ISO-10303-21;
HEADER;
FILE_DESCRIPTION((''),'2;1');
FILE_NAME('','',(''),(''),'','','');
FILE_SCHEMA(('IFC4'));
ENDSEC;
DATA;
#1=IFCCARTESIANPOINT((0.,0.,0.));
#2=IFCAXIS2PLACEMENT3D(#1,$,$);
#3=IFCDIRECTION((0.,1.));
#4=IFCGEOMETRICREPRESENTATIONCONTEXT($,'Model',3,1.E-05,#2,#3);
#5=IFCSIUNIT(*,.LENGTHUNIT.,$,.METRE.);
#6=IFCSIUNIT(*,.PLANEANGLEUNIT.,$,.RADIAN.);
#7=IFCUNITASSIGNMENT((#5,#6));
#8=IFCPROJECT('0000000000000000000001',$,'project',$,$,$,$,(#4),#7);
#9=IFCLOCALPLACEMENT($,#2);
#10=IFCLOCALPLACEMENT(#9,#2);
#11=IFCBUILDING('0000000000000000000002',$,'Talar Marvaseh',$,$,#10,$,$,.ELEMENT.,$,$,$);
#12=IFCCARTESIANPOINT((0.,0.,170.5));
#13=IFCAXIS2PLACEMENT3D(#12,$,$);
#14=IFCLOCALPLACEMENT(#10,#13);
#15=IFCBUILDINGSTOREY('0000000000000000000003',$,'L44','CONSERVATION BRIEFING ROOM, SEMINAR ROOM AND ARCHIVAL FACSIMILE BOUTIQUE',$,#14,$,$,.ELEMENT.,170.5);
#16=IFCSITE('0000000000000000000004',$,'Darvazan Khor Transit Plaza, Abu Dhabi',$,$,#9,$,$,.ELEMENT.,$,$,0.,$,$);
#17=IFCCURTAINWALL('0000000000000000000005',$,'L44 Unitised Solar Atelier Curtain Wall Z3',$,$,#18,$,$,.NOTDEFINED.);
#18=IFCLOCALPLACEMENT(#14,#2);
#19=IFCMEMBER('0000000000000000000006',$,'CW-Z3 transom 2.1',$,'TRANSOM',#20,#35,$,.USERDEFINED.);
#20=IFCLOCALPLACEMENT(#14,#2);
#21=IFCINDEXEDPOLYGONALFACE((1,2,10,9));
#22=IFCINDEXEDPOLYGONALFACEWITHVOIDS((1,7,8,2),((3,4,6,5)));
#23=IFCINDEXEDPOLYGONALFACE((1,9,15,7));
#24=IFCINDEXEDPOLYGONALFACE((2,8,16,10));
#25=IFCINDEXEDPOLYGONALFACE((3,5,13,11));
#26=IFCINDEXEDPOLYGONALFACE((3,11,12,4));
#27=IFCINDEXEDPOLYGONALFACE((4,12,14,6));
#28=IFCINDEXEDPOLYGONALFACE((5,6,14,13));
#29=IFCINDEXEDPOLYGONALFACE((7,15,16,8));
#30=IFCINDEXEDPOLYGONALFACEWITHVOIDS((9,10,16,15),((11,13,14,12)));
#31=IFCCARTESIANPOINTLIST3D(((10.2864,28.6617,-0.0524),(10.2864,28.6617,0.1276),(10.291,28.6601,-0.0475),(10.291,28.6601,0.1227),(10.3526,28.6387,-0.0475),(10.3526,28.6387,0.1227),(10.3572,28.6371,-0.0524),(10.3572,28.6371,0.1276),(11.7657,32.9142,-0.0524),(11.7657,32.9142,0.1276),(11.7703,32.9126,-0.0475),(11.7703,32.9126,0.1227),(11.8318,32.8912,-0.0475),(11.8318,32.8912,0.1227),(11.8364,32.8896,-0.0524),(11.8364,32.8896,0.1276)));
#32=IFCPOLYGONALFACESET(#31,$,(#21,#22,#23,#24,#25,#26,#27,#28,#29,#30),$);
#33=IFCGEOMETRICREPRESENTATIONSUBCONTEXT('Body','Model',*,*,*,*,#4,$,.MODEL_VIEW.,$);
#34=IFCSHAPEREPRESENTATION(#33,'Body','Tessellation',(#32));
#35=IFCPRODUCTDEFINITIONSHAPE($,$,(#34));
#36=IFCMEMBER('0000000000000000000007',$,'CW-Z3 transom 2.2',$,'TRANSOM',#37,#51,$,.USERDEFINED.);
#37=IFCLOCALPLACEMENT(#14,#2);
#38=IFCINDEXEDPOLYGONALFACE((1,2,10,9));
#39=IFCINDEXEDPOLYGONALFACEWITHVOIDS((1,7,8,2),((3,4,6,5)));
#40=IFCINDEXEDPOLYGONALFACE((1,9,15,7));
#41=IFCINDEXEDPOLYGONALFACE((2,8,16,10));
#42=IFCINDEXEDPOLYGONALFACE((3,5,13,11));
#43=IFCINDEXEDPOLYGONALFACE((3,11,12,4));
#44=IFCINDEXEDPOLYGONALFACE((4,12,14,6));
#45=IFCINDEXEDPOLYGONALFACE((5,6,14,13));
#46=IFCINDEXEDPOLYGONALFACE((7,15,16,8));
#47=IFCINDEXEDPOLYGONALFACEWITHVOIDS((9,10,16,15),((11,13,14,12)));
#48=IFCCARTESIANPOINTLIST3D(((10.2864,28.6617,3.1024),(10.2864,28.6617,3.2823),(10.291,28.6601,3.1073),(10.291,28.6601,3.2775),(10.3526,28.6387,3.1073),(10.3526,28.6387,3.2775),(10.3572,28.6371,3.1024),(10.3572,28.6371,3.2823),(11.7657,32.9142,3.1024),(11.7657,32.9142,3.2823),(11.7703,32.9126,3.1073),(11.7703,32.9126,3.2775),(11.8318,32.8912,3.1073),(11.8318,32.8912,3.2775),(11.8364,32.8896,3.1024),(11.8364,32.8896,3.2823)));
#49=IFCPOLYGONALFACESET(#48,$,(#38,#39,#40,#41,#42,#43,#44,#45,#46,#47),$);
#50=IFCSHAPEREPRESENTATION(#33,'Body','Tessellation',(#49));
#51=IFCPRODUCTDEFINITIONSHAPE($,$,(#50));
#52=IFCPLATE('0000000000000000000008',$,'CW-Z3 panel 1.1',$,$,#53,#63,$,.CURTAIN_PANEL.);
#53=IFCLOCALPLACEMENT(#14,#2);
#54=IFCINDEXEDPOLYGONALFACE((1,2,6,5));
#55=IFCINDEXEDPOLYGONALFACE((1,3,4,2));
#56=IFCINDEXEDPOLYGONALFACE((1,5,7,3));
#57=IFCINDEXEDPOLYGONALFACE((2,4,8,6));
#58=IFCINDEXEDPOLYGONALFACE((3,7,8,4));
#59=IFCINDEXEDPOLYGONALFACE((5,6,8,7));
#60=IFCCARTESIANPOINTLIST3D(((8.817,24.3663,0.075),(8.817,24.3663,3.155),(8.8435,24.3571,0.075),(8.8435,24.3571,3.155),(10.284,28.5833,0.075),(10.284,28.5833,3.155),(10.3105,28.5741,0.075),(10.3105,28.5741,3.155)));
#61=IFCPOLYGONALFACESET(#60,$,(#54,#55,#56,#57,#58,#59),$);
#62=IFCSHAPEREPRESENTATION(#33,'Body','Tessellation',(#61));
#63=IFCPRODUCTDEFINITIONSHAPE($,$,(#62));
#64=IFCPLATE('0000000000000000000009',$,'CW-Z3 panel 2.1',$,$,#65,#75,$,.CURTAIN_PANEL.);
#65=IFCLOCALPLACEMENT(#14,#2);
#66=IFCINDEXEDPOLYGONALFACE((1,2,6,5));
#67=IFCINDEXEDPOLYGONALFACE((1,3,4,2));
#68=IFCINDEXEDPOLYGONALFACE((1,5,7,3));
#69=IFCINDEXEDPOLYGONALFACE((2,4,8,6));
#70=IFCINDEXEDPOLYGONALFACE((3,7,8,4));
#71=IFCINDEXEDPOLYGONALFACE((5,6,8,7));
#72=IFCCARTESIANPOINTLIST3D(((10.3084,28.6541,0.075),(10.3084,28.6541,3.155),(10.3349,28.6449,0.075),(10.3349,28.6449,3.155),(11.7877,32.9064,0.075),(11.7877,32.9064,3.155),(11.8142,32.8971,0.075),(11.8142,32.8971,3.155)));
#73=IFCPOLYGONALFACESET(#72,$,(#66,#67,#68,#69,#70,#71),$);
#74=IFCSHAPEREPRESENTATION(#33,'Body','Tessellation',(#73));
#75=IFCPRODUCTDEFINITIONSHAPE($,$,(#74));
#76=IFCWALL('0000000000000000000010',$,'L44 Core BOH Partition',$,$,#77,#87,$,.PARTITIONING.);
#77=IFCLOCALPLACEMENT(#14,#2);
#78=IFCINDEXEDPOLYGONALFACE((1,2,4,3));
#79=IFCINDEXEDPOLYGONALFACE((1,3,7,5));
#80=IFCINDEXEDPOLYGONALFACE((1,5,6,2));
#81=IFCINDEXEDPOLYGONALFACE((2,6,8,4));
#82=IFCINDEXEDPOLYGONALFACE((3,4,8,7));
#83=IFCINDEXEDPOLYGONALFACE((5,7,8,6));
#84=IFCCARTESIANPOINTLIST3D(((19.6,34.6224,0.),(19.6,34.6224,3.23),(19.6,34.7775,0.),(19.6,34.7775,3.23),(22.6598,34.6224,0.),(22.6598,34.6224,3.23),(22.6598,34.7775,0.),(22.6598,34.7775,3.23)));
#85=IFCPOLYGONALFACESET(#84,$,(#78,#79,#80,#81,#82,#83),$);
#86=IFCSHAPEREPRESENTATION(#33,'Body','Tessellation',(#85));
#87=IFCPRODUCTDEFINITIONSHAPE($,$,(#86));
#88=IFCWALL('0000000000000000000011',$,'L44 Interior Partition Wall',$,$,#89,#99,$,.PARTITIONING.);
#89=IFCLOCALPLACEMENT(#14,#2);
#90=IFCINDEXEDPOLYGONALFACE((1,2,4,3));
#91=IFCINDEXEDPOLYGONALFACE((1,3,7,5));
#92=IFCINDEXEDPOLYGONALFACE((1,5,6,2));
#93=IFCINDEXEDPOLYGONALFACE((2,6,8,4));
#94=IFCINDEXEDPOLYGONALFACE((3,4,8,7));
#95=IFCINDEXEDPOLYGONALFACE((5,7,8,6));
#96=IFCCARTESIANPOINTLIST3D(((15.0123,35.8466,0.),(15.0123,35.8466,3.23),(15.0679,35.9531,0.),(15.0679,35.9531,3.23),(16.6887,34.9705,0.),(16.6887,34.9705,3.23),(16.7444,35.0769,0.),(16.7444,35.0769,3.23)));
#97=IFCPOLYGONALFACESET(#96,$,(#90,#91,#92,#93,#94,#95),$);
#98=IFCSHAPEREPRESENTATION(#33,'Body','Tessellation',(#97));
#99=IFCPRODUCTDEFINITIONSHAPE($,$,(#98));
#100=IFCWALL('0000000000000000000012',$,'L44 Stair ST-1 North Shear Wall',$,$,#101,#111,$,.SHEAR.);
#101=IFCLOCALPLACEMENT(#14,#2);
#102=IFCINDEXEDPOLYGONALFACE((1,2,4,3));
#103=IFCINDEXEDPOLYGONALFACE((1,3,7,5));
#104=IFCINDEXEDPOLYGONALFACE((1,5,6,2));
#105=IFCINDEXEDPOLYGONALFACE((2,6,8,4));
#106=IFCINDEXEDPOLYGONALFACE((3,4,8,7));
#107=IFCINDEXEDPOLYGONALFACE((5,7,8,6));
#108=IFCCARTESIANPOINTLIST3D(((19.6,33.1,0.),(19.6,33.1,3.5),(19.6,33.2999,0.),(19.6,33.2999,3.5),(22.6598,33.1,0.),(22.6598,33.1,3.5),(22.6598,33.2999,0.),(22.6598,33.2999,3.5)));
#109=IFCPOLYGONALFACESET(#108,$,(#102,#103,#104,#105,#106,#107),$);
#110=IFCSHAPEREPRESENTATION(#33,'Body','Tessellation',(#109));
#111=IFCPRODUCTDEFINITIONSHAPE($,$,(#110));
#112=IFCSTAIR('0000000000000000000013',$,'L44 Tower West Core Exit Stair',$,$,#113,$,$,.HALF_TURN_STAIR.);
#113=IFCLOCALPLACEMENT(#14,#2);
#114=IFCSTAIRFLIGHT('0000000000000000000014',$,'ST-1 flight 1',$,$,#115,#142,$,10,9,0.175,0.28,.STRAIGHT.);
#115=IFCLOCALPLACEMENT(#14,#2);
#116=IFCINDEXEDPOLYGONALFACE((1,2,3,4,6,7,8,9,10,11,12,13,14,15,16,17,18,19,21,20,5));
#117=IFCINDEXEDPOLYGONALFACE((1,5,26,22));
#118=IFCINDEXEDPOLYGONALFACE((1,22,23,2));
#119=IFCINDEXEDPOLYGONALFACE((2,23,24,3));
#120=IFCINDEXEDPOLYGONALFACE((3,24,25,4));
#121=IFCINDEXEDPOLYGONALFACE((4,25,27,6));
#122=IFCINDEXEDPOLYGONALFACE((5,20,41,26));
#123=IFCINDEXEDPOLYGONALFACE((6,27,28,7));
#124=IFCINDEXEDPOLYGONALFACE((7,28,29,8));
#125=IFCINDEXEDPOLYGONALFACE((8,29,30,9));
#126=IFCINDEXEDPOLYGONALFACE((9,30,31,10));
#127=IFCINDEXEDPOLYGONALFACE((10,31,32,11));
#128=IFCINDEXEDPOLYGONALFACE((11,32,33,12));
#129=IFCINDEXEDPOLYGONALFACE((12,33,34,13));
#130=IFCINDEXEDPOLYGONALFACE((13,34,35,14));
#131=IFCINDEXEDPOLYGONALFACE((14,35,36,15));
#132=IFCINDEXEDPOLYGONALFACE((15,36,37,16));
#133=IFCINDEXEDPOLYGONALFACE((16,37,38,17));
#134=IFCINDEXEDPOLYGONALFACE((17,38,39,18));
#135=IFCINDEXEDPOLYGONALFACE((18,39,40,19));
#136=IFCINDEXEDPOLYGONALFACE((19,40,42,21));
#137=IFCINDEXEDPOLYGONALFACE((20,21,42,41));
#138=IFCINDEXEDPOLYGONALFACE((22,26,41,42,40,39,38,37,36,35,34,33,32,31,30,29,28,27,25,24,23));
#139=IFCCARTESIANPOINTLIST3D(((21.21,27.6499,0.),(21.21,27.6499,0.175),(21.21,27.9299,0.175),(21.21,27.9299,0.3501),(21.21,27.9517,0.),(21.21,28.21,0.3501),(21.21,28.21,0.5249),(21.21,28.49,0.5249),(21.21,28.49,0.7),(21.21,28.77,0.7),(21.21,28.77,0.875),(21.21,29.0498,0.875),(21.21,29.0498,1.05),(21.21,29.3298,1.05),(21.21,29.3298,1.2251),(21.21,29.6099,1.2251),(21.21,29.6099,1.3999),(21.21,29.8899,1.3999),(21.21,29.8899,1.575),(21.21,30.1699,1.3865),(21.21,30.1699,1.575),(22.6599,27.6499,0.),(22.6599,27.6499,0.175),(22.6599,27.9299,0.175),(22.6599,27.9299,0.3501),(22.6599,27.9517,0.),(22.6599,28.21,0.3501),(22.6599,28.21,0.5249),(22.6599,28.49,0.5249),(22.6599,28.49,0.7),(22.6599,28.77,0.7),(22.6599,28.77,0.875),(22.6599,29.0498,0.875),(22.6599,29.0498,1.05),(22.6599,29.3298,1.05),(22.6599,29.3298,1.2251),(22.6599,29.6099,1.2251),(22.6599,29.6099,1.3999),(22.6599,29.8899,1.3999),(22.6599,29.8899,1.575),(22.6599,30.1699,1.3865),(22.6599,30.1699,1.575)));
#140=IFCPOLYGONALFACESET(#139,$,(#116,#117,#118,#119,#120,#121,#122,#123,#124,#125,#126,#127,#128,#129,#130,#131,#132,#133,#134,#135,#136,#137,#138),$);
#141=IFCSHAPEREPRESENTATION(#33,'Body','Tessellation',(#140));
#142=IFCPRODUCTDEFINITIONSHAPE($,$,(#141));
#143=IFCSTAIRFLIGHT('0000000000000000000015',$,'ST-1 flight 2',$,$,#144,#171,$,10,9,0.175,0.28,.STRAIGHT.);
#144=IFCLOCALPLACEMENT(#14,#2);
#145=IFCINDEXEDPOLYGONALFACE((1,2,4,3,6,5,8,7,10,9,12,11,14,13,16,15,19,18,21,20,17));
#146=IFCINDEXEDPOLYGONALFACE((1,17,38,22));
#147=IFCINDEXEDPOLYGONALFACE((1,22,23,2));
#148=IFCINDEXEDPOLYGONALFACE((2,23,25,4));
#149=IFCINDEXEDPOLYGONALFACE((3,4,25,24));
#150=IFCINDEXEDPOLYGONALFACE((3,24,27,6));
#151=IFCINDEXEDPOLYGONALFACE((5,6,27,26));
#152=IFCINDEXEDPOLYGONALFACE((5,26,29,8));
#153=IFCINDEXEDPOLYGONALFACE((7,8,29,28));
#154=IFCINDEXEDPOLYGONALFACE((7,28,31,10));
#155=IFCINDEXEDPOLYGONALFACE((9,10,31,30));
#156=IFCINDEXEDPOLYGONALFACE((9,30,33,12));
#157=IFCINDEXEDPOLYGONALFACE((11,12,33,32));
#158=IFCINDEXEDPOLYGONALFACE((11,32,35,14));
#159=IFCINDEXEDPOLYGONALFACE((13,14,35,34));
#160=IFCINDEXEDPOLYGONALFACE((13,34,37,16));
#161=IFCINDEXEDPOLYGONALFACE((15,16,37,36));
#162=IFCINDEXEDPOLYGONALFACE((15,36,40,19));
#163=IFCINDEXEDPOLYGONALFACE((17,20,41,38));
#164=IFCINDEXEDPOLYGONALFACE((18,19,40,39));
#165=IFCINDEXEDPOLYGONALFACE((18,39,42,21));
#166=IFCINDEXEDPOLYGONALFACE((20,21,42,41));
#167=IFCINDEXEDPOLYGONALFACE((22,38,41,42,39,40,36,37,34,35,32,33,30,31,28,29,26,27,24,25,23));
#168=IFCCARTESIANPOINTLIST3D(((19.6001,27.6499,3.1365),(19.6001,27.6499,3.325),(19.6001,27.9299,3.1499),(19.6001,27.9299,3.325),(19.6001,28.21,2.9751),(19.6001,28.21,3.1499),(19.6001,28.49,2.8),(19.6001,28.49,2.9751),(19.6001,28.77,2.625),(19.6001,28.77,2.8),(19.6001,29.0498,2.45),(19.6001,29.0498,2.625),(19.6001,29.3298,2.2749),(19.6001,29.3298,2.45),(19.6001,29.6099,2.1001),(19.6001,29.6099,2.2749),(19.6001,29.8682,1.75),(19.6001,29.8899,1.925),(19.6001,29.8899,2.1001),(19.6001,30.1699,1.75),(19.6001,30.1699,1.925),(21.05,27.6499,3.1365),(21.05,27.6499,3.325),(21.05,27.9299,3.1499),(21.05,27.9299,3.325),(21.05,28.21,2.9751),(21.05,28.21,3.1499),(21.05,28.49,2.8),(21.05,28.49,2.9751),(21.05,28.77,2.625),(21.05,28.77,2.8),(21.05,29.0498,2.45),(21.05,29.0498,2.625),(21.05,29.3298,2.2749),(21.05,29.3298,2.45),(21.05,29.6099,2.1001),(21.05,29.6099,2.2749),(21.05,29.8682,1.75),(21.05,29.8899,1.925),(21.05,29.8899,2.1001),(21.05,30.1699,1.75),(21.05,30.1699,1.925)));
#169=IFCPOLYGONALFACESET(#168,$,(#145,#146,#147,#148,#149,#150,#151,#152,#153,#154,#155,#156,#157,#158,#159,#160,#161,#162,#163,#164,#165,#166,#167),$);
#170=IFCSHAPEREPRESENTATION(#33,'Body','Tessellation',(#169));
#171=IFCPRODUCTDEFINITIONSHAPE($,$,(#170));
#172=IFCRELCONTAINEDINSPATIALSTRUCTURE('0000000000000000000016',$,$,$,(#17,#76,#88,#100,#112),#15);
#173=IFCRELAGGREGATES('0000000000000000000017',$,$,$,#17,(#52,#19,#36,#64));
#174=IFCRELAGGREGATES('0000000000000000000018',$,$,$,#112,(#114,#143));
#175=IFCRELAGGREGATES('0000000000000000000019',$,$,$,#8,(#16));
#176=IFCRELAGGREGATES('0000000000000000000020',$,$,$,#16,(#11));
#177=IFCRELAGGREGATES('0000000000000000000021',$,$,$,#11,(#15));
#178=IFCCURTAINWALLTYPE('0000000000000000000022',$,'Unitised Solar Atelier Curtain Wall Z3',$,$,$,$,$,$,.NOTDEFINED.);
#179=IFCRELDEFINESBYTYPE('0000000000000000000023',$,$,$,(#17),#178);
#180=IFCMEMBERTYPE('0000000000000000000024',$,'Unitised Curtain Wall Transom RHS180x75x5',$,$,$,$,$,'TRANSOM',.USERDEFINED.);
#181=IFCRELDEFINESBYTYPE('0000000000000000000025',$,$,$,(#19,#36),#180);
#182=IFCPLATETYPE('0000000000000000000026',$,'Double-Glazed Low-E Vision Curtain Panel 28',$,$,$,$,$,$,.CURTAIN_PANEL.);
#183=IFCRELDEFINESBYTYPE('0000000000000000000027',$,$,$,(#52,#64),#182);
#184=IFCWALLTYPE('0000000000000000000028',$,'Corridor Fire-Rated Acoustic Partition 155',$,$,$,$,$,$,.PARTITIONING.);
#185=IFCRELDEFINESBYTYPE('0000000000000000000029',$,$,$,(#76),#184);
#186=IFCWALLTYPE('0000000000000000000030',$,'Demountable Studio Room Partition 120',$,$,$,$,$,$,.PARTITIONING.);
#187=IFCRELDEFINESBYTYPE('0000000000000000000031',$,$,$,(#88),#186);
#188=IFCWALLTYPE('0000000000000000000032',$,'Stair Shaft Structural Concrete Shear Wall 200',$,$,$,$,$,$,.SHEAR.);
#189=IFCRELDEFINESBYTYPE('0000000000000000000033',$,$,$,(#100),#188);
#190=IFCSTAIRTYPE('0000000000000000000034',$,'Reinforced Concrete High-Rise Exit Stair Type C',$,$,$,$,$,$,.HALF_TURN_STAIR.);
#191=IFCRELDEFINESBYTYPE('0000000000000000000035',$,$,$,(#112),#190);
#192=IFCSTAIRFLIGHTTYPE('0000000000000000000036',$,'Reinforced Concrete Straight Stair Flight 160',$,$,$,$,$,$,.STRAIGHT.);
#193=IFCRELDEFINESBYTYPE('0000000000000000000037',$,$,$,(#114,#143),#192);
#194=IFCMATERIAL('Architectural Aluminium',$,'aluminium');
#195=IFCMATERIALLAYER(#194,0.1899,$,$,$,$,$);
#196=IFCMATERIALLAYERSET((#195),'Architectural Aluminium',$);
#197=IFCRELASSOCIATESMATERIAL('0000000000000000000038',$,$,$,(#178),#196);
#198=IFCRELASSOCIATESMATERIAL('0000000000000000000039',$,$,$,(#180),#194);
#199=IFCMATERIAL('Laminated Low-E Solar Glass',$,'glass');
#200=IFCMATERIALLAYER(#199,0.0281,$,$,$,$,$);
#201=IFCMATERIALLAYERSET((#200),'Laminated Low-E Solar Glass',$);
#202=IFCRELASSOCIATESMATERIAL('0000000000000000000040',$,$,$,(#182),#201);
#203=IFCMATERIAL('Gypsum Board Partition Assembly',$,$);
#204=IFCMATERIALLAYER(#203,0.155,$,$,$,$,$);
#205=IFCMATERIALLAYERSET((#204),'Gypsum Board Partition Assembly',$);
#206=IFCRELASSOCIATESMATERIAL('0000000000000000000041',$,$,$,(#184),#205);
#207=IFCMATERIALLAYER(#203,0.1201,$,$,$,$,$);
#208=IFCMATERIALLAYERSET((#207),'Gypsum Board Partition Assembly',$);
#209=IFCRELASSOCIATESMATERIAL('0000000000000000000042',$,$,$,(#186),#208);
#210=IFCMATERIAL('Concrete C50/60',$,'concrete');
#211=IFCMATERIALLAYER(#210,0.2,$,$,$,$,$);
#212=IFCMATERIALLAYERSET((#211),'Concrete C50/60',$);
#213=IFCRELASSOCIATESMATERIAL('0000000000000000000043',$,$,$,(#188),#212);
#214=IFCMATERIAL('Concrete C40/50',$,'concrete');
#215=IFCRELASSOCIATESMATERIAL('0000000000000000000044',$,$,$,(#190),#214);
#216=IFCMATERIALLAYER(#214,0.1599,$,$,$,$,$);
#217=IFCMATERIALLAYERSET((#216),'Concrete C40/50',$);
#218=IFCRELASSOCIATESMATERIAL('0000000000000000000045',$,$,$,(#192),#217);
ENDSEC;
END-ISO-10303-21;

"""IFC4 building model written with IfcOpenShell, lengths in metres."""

from ifc_helpers import new_model, si_unit, direction, frame, frame_2d, origin, origin_2d, place, context, subcontext, project, spatial, polyline, rectangle, hollow_rectangle, outline, extrude, source, transform, mapped, material, layer, layer_set, material_profile, profile_set, type_object, type_shapes, element, aggregate, save


model = new_model("IFC4")

# Units and contexts
model_context = context("Model", 3, precision=1e-05, world=origin(), true_north=direction((0.0, 1.0)))
body_context = subcontext(model_context, "Body", "Model", "MODEL_VIEW")
ifc_project = project(units=[si_unit("LENGTHUNIT", "METRE"), si_unit("PLANEANGLEUNIT", "RADIAN")], contexts=[model_context])

# Site, building, storey
site_placement = place(None, origin())
site = spatial("IfcSite", under=ifc_project, at=site_placement, Name="Darvazan Khor Transit Plaza, Abu Dhabi", CompositionType="ELEMENT", RefElevation=0.0)
building_placement = place(site_placement, origin())
building = spatial("IfcBuilding", under=site, at=building_placement, Name="Talar Marvaseh", CompositionType="ELEMENT")
storey_placement = place(building_placement, frame((0.0, 0.0, 170.5)))
storey = spatial("IfcBuildingStorey", under=building, at=storey_placement, Name="L44", Description="CONSERVATION BRIEFING ROOM, SEMINAR ROOM AND ARCHIVAL FACSIMILE BOUTIQUE", CompositionType="ELEMENT", Elevation=170.5)

# Shared definitions
ifc_material_1 = material(Name="Concrete C40/50", Category="concrete")

# Curtain wall, members, plates
ifc_material_2 = material(Name="Architectural Aluminium", Category="aluminium")
ifc_layer_1 = layer(ifc_material_2, 0.1899)
ifc_layer_set_1 = layer_set([ifc_layer_1], Name="Architectural Aluminium")
curtain_wall_type = type_object("IfcCurtainWallType", Name="Unitised Solar Atelier Curtain Wall Z3", PredefinedType="NOTDEFINED", material=ifc_layer_set_1)
curtain_wall_placement = place(storey_placement, origin())
curtain_wall = element("IfcCurtainWall", 1, at=curtain_wall_placement, inside=storey, type_object=curtain_wall_type, Name="L44 Unitised Solar Atelier Curtain Wall Z3", PredefinedType="NOTDEFINED")
ifc_material_profile_1 = material_profile(ifc_material_2, hollow_rectangle(XDim=0.075, YDim=0.1799, WallThickness=0.0049, at=origin_2d()), Name="RHS180x75x5")
ifc_profile_set_1 = profile_set([ifc_material_profile_1], Name="Architectural Aluminium")
member_type_1 = type_object("IfcMemberType", Name="Unitised Curtain Wall Transom RHS180x75x5", ElementType="TRANSOM", PredefinedType="USERDEFINED", material=ifc_profile_set_1)
shared_shape_1 = source(origin(), body_context, "Body", "SweptSolid", [
    extrude(hollow_rectangle(XDim=0.075, YDim=0.1799, WallThickness=0.0049, at=origin_2d()), origin(), (0.0, 0.0, 1.0), 4.5024),
])
member_1_placement = place(storey_placement, frame((10.3218, 28.6494, 0.0376), z_axis=(0.328548, 0.944487, 0.0), x_axis=(-0.944487, 0.328548, 0.0)))
member_1 = element("IfcMember", 2, at=member_1_placement, type_object=member_type_1, Name="CW-Z3 transom 2.1", ObjectType="TRANSOM", PredefinedType="USERDEFINED", context=body_context, shape_type="MappedRepresentation", body=[
    mapped(shared_shape_1, transform((0.0, 0.0, 0.0), x_axis=(1.0, 0.0, 0.0), y_axis=(0.0, 1.0, 0.0), z_axis=(0.0, 0.0, 1.0), scale=1.0)),
])
member_2_placement = place(storey_placement, frame((10.3218, 28.6494, 3.1924), z_axis=(0.328548, 0.944487, 0.0), x_axis=(-0.944487, 0.328548, 0.0)))
member_2 = element("IfcMember", 3, at=member_2_placement, type_object=member_type_1, Name="CW-Z3 transom 2.2", ObjectType="TRANSOM", PredefinedType="USERDEFINED", context=body_context, shape_type="MappedRepresentation", body=[
    mapped(shared_shape_1, transform((0.0, 0.0, 0.0), x_axis=(1.0, 0.0, 0.0), y_axis=(0.0, 1.0, 0.0), z_axis=(0.0, 0.0, 1.0), scale=1.0)),
])
ifc_material_3 = material(Name="Laminated Low-E Solar Glass", Category="glass")
ifc_layer_2 = layer(ifc_material_3, 0.0281)
ifc_layer_set_2 = layer_set([ifc_layer_2], Name="Laminated Low-E Solar Glass")
plate_type = type_object("IfcPlateType", Name="Double-Glazed Low-E Vision Curtain Panel 28", PredefinedType="CURTAIN_PANEL", material=ifc_layer_set_2)
shared_shape_2 = source(origin(), body_context, "Body", "SweptSolid", [
    extrude(rectangle(XDim=4.4648, YDim=0.0281, at=origin_2d()), origin(), (0.0, 0.0, 1.0), 3.0801),
])
plate_1_placement = place(storey_placement, frame((9.5637, 26.4702, 0.075), z_axis=(0.0, 0.0, 1.0), x_axis=(0.328566, 0.944481, 0.0)))
plate_1 = element("IfcPlate", 4, at=plate_1_placement, type_object=plate_type, Name="CW-Z3 panel 1.1", PredefinedType="CURTAIN_PANEL", context=body_context, shape_type="MappedRepresentation", body=[
    mapped(shared_shape_2, transform((0.0, 0.0, 0.0), x_axis=(1.0, 0.0, 0.0), y_axis=(0.0, 1.0, 0.0), z_axis=(0.0, 0.0, 1.0), scale=1.0)),
])
shared_shape_3 = source(origin(), body_context, "Body", "SweptSolid", [
    extrude(rectangle(XDim=4.5022, YDim=0.0281, at=origin_2d()), origin(), (0.0, 0.0, 1.0), 3.0801),
])
type_shapes(plate_type, [shared_shape_2, shared_shape_3])
plate_2_placement = place(storey_placement, frame((11.0613, 30.7756, 0.075), z_axis=(0.0, 0.0, 1.0), x_axis=(0.328566, 0.944481, 0.0)))
plate_2 = element("IfcPlate", 5, at=plate_2_placement, type_object=plate_type, Name="CW-Z3 panel 2.1", PredefinedType="CURTAIN_PANEL", context=body_context, shape_type="MappedRepresentation", body=[
    mapped(shared_shape_3, transform((0.0, 0.0, 0.0), x_axis=(1.0, 0.0, 0.0), y_axis=(0.0, 1.0, 0.0), z_axis=(0.0, 0.0, 1.0), scale=1.0)),
])
aggregate(curtain_wall, [plate_1, member_1, member_2, plate_2])

# Walls
ifc_material_4 = material(Name="Gypsum Board Partition Assembly")
ifc_layer_3 = layer(ifc_material_4, 0.155)
ifc_layer_set_3 = layer_set([ifc_layer_3], Name="Gypsum Board Partition Assembly")
wall_type_1 = type_object("IfcWallType", Name="Corridor Fire-Rated Acoustic Partition 155", PredefinedType="PARTITIONING", material=ifc_layer_set_3)
wall_1_placement = place(storey_placement, frame((19.6001, 34.7, 0.0), z_axis=(0.0, 0.0, 1.0), x_axis=(1.0, 0.0, 0.0)))
element("IfcWall", 6, at=wall_1_placement, inside=storey, type_object=wall_type_1, Name="L44 Core BOH Partition", PredefinedType="PARTITIONING", context=body_context, shape_type="SweptSolid", body=[
    extrude(rectangle(XDim=3.0598, YDim=0.155, at=frame_2d((1.5298, 0.0))), origin(), (0.0, 0.0, 1.0), 3.23),
])
ifc_layer_4 = layer(ifc_material_4, 0.1201)
ifc_layer_set_4 = layer_set([ifc_layer_4], Name="Gypsum Board Partition Assembly")
wall_type_2 = type_object("IfcWallType", Name="Demountable Studio Room Partition 120", PredefinedType="PARTITIONING", material=ifc_layer_set_4)
wall_2_placement = place(storey_placement, frame((16.7166, 35.0237, 0.0), z_axis=(0.0, 0.0, 1.0), x_axis=(-0.886256, 0.463197, 0.0)))
element("IfcWall", 7, at=wall_2_placement, inside=storey, type_object=wall_type_2, Name="L44 Interior Partition Wall", PredefinedType="PARTITIONING", context=body_context, shape_type="SweptSolid", body=[
    extrude(rectangle(XDim=1.8916, YDim=0.1201, at=frame_2d((0.9458, 0.0))), origin(), (0.0, 0.0, 1.0), 3.23),
])
ifc_material_5 = material(Name="Concrete C50/60", Category="concrete")
ifc_layer_5 = layer(ifc_material_5, 0.2)
ifc_layer_set_5 = layer_set([ifc_layer_5], Name="Concrete C50/60")
wall_type_3 = type_object("IfcWallType", Name="Stair Shaft Structural Concrete Shear Wall 200", PredefinedType="SHEAR", material=ifc_layer_set_5)
wall_3_placement = place(storey_placement, frame((19.6001, 33.2, 0.0), z_axis=(0.0, 0.0, 1.0), x_axis=(1.0, 0.0, 0.0)))
element("IfcWall", 8, at=wall_3_placement, inside=storey, type_object=wall_type_3, Name="L44 Stair ST-1 North Shear Wall", PredefinedType="SHEAR", context=body_context, shape_type="SweptSolid", body=[
    extrude(rectangle(XDim=3.0598, YDim=0.2, at=frame_2d((1.5298, 0.0))), origin(), (0.0, 0.0, 1.0), 3.5),
])

# Stair, stair flights
stair_type = type_object("IfcStairType", Name="Reinforced Concrete High-Rise Exit Stair Type C", PredefinedType="HALF_TURN_STAIR", material=ifc_material_1)
stair_placement = place(storey_placement, origin())
stair = element("IfcStair", 9, at=stair_placement, inside=storey, type_object=stair_type, Name="L44 Tower West Core Exit Stair", PredefinedType="HALF_TURN_STAIR")
ifc_layer_6 = layer(ifc_material_1, 0.1599)
ifc_layer_set_6 = layer_set([ifc_layer_6], Name="Concrete C40/50")
stair_flight_type = type_object("IfcStairFlightType", Name="Reinforced Concrete Straight Stair Flight 160", PredefinedType="STRAIGHT", material=ifc_layer_set_6)
stair_flight_1_placement = place(storey_placement, frame((21.9351, 27.6499, 0.0), z_axis=(0.0, 0.0, 1.0), x_axis=(0.0, 1.0, 0.0)))
stair_flight_1 = element("IfcStairFlight", 10, at=stair_flight_1_placement, type_object=stair_flight_type, Name="ST-1 flight 1", NumberOfRisers=10, NumberOfTreads=9, PredefinedType="STRAIGHT", RiserHeight=0.175, TreadLength=0.28, context=body_context, shape_type="SweptSolid", body=[
    extrude(outline(polyline([(0.0, 0.0), (0.0, 0.175), (0.28, 0.175), (0.28, 0.3501), (0.5601, 0.3501), (0.5601, 0.5249), (0.8401, 0.5249), (0.8401, 0.7), (1.1201, 0.7), (1.1201, 0.875), (1.3999, 0.875), (1.3999, 1.05), (1.6799, 1.05), (1.6799, 1.2251), (1.96, 1.2251), (1.96, 1.3999), (2.24, 1.3999), (2.24, 1.575), (2.52, 1.575), (2.52, 1.75), (2.52, 1.3865), (0.3018, 0.0), (0.0, 0.0)])), frame((0.0, 0.7251, 0.0), z_axis=(0.0, -1.0, 0.0), x_axis=(1.0, 0.0, 0.0)), (0.0, 0.0, 1.0), 1.45),
])
stair_flight_2_placement = place(storey_placement, frame((20.325, 30.1699, 1.75), z_axis=(0.0, 0.0, 1.0), x_axis=(0.0, -1.0, 0.0)))
stair_flight_2 = element("IfcStairFlight", 11, at=stair_flight_2_placement, type_object=stair_flight_type, Name="ST-1 flight 2", NumberOfRisers=10, NumberOfTreads=9, PredefinedType="STRAIGHT", RiserHeight=0.175, TreadLength=0.28, context=body_context, shape_type="SweptSolid", body=[
    extrude(outline(polyline([(0.0, 0.0), (0.0, 0.175), (0.28, 0.175), (0.28, 0.3501), (0.5601, 0.3501), (0.5601, 0.5249), (0.8401, 0.5249), (0.8401, 0.7), (1.1201, 0.7), (1.1201, 0.875), (1.3999, 0.875), (1.3999, 1.05), (1.6799, 1.05), (1.6799, 1.2251), (1.96, 1.2251), (1.96, 1.3999), (2.24, 1.3999), (2.24, 1.575), (2.52, 1.575), (2.52, 1.75), (2.52, 1.3865), (0.3018, 0.0), (0.0, 0.0)])), frame((0.0, 0.7251, 0.0), z_axis=(0.0, -1.0, 0.0), x_axis=(1.0, 0.0, 0.0)), (0.0, 0.0, 1.0), 1.45),
])
aggregate(stair, [stair_flight_1, stair_flight_2])

save(model, "model.ifc")
